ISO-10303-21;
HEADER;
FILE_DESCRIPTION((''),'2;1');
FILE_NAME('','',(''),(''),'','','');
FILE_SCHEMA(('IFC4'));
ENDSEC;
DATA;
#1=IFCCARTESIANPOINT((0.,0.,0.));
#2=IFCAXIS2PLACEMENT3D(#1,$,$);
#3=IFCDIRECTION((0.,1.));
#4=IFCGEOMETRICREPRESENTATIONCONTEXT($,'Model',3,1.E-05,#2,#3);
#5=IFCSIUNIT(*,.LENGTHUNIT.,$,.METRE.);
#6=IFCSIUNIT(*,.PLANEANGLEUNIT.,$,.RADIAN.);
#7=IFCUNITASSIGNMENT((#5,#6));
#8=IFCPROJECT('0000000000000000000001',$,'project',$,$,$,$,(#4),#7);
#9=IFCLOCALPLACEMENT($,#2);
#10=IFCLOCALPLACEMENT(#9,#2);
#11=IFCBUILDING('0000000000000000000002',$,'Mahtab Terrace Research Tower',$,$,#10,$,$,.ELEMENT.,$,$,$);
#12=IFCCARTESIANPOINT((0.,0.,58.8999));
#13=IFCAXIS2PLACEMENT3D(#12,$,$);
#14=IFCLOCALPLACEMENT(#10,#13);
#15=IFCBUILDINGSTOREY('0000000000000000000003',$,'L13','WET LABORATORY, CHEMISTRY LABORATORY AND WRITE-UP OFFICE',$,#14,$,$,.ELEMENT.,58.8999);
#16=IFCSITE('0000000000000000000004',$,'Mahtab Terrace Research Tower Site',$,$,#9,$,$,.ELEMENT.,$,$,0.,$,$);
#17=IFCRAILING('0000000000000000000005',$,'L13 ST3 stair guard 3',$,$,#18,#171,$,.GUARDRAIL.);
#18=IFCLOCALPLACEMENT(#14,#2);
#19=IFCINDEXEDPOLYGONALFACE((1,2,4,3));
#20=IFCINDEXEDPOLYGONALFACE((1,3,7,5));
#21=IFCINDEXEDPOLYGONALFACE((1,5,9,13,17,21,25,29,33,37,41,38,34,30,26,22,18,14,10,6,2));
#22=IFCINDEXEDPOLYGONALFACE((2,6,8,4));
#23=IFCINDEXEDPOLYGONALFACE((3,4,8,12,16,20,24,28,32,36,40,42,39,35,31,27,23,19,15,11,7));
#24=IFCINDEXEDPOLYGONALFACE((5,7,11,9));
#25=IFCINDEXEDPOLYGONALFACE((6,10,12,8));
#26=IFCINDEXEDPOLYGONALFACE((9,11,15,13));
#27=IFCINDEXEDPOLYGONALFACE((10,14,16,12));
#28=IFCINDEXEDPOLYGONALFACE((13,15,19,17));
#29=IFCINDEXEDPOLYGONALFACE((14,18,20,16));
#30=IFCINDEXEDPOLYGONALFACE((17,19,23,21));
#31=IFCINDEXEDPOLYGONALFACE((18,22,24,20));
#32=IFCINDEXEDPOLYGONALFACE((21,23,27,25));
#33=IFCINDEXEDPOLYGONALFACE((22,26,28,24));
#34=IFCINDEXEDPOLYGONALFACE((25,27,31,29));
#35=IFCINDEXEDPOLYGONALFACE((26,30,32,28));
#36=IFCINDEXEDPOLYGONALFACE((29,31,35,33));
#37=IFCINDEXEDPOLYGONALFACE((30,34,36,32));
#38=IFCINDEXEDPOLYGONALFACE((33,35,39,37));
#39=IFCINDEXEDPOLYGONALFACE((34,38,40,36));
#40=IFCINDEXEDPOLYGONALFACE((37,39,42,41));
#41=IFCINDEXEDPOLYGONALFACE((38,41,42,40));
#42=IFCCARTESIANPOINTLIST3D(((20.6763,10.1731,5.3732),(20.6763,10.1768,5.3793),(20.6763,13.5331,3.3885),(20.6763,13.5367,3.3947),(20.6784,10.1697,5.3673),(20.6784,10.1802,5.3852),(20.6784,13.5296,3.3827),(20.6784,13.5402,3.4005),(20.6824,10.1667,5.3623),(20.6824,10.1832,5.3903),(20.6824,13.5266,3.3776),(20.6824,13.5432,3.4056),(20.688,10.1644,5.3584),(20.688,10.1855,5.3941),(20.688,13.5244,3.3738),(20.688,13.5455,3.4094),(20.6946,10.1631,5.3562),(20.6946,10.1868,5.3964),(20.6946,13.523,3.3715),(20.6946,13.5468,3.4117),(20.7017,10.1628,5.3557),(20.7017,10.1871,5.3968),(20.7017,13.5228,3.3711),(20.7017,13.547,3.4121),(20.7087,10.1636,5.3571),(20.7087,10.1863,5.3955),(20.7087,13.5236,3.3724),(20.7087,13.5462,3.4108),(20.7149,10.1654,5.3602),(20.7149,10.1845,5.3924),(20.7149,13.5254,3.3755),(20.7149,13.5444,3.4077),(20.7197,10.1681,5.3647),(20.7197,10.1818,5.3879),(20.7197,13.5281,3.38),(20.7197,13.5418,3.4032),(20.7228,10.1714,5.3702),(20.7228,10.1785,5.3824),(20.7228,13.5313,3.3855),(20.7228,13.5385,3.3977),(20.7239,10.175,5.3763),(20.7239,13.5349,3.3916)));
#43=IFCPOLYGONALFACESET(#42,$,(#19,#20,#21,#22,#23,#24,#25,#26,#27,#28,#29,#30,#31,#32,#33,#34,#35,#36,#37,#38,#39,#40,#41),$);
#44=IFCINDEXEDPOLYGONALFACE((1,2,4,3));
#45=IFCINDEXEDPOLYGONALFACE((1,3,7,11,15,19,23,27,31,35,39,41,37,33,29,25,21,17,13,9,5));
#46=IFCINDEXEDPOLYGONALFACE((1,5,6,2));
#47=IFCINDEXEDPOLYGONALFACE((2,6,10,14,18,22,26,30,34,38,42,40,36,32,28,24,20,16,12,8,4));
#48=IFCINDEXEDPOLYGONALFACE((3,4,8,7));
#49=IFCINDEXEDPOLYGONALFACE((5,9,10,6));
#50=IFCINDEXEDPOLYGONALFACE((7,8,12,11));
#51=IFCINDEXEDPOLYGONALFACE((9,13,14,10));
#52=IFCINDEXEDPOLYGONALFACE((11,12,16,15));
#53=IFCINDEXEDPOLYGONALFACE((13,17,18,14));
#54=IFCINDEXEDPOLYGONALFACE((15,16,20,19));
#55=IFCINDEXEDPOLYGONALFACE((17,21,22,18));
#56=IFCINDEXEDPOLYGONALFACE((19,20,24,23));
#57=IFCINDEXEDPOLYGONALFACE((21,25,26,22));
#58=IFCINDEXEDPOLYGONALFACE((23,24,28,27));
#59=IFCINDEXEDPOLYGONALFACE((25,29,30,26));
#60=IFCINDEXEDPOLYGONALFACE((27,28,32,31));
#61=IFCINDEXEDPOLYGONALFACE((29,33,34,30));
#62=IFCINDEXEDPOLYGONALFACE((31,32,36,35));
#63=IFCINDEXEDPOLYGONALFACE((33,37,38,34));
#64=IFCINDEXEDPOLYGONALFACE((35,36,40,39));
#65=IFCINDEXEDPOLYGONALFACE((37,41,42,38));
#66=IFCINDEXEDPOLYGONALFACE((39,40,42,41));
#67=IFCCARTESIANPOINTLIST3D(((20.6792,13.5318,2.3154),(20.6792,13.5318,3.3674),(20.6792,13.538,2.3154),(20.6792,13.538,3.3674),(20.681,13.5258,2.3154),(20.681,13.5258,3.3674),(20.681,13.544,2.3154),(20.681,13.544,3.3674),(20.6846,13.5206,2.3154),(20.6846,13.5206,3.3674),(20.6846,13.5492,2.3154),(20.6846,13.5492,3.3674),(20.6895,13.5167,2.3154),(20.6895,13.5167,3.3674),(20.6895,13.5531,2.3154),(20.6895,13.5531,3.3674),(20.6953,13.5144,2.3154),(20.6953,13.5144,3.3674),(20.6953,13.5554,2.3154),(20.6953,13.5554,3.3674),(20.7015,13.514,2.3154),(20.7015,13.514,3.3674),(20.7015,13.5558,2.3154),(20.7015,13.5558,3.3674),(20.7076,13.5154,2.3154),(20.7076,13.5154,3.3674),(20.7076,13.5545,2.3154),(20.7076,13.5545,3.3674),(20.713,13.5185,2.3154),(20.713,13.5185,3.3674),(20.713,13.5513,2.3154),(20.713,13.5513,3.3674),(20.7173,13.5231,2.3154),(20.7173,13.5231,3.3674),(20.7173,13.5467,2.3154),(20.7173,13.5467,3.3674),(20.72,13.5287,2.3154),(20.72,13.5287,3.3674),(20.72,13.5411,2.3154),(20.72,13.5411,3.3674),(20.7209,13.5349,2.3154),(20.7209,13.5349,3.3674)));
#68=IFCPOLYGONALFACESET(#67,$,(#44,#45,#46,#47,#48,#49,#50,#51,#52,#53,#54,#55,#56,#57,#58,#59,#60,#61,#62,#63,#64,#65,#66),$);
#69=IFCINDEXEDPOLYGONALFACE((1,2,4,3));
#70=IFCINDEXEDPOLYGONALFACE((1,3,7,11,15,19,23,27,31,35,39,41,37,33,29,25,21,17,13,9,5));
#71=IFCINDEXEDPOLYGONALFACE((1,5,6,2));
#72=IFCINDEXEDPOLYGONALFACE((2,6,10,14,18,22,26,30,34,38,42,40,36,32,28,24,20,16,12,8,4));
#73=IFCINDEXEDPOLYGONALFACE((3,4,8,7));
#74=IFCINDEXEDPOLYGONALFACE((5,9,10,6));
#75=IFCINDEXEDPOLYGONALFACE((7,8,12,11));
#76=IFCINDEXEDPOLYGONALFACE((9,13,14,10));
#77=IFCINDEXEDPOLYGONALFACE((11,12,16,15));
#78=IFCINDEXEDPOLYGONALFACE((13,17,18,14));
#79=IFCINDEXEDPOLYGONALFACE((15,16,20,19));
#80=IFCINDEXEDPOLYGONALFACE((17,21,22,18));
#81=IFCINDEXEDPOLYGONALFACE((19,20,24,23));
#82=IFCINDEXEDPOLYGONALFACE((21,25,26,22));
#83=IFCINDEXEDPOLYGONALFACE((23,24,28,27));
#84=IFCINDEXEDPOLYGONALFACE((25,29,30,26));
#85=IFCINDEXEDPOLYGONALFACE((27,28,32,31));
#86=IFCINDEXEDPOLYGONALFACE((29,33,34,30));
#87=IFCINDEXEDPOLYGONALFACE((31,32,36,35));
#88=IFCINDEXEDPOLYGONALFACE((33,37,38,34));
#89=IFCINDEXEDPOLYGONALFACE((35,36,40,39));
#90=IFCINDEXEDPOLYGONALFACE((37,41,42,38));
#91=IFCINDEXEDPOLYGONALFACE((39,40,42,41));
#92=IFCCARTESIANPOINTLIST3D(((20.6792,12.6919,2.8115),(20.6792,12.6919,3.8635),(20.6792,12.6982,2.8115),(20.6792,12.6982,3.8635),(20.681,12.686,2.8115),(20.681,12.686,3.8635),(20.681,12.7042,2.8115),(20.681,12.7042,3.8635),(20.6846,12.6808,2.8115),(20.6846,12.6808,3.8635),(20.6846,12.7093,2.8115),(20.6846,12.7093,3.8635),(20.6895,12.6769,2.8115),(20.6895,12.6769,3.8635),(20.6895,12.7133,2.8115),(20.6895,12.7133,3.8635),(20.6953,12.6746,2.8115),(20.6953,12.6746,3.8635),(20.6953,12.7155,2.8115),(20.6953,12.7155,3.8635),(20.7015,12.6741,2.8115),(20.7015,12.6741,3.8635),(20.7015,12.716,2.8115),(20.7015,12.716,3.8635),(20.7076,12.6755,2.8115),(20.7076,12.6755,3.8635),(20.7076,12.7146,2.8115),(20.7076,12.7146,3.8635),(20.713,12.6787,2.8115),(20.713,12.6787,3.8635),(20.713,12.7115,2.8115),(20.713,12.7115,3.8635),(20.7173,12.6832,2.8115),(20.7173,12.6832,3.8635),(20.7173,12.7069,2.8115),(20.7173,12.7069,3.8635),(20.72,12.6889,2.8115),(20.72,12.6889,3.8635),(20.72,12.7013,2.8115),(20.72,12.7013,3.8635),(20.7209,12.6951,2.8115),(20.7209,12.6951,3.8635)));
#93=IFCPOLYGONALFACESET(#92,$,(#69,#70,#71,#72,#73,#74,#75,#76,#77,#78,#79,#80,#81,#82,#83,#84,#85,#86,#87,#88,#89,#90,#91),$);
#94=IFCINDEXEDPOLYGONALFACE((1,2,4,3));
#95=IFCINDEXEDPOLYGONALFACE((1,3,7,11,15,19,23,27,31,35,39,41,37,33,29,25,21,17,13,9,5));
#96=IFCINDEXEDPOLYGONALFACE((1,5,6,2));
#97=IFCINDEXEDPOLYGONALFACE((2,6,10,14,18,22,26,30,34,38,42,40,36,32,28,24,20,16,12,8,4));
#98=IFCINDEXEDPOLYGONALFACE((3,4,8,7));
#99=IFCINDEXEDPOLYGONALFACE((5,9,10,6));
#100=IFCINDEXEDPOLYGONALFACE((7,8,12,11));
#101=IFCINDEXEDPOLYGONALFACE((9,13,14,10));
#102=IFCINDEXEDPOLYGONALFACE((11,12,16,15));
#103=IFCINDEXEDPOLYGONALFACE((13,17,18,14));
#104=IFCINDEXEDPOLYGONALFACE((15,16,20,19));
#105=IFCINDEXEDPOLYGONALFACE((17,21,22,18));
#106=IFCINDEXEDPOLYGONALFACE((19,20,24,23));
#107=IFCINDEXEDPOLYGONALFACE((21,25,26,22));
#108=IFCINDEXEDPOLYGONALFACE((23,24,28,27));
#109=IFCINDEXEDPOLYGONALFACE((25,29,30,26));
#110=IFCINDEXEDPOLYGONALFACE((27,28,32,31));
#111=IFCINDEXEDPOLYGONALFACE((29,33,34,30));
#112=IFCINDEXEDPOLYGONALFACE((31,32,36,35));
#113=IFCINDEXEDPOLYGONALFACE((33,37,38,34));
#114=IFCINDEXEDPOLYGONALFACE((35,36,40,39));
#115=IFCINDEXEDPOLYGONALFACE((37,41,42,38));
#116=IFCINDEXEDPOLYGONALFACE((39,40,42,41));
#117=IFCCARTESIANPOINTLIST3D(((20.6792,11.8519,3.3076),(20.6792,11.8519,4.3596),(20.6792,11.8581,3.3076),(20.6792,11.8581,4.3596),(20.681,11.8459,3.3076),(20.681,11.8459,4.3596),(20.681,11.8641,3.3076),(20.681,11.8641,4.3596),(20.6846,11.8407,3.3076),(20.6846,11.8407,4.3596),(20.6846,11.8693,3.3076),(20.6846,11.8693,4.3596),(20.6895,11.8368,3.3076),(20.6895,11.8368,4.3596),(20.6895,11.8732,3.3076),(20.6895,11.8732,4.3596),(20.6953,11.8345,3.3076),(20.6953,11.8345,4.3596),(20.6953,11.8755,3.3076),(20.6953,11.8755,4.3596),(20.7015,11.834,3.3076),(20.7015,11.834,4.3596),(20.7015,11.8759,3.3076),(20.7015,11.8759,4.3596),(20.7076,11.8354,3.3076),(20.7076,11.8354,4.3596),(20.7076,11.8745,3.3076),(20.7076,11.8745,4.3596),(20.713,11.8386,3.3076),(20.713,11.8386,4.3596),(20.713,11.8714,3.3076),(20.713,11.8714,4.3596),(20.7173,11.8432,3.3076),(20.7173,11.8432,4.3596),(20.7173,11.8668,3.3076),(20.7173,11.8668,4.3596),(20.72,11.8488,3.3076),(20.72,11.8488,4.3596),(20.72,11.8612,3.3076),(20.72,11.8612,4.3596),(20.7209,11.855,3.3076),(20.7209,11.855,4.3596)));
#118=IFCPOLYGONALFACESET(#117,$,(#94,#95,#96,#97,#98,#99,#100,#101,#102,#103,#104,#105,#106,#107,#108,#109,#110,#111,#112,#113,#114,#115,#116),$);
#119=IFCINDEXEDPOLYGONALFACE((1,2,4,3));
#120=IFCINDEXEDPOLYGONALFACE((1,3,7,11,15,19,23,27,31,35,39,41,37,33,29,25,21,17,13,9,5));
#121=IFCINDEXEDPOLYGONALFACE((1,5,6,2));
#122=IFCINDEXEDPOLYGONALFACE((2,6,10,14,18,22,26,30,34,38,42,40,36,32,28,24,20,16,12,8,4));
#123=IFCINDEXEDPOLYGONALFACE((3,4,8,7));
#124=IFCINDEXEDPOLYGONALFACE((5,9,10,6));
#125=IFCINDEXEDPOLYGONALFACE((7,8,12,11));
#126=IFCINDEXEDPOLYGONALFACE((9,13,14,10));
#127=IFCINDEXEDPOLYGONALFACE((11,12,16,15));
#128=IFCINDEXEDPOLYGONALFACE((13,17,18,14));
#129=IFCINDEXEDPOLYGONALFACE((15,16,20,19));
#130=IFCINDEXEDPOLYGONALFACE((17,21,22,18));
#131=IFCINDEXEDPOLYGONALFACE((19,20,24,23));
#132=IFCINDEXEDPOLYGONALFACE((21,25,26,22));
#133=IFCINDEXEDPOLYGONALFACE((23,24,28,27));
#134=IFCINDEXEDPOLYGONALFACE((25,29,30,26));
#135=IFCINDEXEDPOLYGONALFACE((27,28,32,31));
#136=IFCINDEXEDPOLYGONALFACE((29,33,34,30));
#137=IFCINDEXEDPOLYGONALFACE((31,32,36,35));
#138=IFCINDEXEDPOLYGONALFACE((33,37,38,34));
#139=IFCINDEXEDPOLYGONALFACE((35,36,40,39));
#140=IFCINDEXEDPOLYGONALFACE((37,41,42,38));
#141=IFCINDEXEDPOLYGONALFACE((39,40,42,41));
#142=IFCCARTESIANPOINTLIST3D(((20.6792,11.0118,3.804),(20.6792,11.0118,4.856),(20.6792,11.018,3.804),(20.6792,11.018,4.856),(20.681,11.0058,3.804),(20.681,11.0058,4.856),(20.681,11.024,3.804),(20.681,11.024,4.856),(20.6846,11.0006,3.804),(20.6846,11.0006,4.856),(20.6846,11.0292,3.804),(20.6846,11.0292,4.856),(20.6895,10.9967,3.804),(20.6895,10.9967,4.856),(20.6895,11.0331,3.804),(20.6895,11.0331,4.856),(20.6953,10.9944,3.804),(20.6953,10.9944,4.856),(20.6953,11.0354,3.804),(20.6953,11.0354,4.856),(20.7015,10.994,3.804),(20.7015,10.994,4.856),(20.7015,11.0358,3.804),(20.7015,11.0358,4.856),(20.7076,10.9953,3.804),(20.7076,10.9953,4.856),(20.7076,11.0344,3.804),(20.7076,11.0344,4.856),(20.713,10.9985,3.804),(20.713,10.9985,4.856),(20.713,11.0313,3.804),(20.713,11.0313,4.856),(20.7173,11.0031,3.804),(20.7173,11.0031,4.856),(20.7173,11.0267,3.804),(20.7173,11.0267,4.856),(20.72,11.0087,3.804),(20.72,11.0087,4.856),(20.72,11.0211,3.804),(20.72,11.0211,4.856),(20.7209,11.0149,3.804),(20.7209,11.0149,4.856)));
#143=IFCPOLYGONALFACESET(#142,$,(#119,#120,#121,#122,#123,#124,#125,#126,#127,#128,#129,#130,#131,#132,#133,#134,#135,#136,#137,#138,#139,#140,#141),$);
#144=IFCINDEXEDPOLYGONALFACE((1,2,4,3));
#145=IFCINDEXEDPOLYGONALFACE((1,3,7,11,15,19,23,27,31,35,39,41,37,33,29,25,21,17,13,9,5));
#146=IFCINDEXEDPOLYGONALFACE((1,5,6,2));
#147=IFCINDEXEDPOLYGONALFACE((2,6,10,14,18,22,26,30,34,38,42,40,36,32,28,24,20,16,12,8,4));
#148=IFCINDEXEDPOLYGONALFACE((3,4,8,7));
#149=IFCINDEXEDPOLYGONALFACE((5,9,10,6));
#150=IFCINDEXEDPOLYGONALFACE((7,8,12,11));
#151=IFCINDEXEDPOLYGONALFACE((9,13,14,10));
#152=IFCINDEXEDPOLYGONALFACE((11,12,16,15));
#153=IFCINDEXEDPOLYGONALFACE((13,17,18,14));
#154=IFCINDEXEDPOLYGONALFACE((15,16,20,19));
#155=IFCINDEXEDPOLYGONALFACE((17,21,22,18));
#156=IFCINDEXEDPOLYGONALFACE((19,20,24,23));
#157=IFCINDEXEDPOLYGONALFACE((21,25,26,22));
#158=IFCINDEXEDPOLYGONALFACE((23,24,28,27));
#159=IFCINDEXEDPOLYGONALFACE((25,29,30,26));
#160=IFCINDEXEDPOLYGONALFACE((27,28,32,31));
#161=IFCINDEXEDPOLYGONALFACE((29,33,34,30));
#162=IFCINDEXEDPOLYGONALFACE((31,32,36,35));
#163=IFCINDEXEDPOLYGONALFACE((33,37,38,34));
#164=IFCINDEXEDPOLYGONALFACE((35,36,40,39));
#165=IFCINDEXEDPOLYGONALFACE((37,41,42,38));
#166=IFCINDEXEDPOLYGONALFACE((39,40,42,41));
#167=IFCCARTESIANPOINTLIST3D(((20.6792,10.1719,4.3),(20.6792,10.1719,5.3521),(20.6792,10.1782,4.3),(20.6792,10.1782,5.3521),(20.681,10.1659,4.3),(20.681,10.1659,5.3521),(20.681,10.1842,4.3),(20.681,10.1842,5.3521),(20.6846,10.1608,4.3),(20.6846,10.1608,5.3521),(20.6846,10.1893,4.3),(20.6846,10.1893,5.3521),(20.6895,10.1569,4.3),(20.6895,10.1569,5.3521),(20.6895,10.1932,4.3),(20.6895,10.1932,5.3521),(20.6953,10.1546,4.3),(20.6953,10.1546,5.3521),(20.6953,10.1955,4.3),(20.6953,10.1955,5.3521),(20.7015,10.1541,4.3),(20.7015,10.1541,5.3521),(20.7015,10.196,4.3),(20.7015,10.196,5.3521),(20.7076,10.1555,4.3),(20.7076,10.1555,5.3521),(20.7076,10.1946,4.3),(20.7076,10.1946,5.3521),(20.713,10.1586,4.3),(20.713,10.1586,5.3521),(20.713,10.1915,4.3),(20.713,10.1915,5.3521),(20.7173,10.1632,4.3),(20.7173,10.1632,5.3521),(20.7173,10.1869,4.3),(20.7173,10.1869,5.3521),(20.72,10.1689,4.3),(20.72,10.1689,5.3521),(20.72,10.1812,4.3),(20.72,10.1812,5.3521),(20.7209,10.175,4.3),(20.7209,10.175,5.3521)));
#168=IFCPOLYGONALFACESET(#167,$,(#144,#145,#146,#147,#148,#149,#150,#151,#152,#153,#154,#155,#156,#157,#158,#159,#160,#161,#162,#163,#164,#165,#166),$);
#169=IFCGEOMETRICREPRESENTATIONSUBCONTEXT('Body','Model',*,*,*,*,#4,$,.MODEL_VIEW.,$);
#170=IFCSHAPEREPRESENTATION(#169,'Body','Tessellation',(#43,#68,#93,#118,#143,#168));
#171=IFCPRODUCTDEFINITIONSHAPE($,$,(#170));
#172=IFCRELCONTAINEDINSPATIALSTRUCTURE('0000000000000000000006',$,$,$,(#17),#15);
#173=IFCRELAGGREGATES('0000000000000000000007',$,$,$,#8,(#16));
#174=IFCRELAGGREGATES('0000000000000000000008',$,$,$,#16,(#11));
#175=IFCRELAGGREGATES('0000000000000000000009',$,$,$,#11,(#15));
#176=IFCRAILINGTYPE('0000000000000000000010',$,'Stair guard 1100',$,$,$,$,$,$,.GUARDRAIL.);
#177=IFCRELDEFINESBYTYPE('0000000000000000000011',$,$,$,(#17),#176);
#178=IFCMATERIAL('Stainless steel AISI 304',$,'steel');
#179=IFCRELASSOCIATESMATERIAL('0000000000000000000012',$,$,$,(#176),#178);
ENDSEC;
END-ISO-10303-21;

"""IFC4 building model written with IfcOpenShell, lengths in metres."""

from ifc_helpers import new_model, si_unit, direction, frame, origin, origin_2d, place, context, subcontext, project, spatial, circle, extrude, material, type_object, element, save


model = new_model("IFC4")

# Units and contexts
model_context = context("Model", 3, precision=1e-05, world=origin(), true_north=direction((0.0, 1.0)))
body_context = subcontext(model_context, "Body", "Model", "MODEL_VIEW")
ifc_project = project(units=[si_unit("LENGTHUNIT", "METRE"), si_unit("PLANEANGLEUNIT", "RADIAN")], contexts=[model_context])

# Site, building, storey
site_placement = place(None, origin())
site = spatial("IfcSite", under=ifc_project, at=site_placement, Name="Mahtab Terrace Research Tower Site", CompositionType="ELEMENT", RefElevation=0.0)
building_placement = place(site_placement, origin())
building = spatial("IfcBuilding", under=site, at=building_placement, Name="Mahtab Terrace Research Tower", CompositionType="ELEMENT")
storey_placement = place(building_placement, frame((0.0, 0.0, 58.8999)))
storey = spatial("IfcBuildingStorey", under=building, at=storey_placement, Name="L13", Description="WET LABORATORY, CHEMISTRY LABORATORY AND WRITE-UP OFFICE", CompositionType="ELEMENT", Elevation=58.8999)

# Railing
ifc_material_1 = material(Name="Stainless steel AISI 304", Category="steel")
railing_type_1 = type_object("IfcRailingType", Name="Stair guard 1100", PredefinedType="GUARDRAIL", material=ifc_material_1)
railing_1_placement = place(storey_placement, frame((20.7, 13.5349, 2.3154)))
element("IfcRailing", 1, at=railing_1_placement, inside=storey, type_object=railing_type_1, Name="L13 ST3 stair guard 3", PredefinedType="GUARDRAIL", context=body_context, shape_type="SweptSolid", body=[
    extrude(circle(Radius=0.0239, at=origin_2d()), frame((0.0, 0.0, 1.0762), z_axis=(0.0, -0.861011, 0.508586), x_axis=(1.0, 0.0, 0.0)), (0.0, 0.0, 1.0), 3.9023),
    extrude(circle(Radius=0.021, at=origin_2d()), origin(), (0.0, 0.0, 1.0), 1.052),
    extrude(circle(Radius=0.021, at=origin_2d()), frame((0.0, -0.8398, 0.4961)), (0.0, 0.0, 1.0), 1.052),
    extrude(circle(Radius=0.021, at=origin_2d()), frame((0.0, -1.6799, 0.9922)), (0.0, 0.0, 1.0), 1.052),
    extrude(circle(Radius=0.021, at=origin_2d()), frame((0.0, -2.52, 1.4885)), (0.0, 0.0, 1.0), 1.052),
    extrude(circle(Radius=0.021, at=origin_2d()), frame((0.0, -3.3599, 1.9846)), (0.0, 0.0, 1.0), 1.052),
])

save(model, "model.ifc")
